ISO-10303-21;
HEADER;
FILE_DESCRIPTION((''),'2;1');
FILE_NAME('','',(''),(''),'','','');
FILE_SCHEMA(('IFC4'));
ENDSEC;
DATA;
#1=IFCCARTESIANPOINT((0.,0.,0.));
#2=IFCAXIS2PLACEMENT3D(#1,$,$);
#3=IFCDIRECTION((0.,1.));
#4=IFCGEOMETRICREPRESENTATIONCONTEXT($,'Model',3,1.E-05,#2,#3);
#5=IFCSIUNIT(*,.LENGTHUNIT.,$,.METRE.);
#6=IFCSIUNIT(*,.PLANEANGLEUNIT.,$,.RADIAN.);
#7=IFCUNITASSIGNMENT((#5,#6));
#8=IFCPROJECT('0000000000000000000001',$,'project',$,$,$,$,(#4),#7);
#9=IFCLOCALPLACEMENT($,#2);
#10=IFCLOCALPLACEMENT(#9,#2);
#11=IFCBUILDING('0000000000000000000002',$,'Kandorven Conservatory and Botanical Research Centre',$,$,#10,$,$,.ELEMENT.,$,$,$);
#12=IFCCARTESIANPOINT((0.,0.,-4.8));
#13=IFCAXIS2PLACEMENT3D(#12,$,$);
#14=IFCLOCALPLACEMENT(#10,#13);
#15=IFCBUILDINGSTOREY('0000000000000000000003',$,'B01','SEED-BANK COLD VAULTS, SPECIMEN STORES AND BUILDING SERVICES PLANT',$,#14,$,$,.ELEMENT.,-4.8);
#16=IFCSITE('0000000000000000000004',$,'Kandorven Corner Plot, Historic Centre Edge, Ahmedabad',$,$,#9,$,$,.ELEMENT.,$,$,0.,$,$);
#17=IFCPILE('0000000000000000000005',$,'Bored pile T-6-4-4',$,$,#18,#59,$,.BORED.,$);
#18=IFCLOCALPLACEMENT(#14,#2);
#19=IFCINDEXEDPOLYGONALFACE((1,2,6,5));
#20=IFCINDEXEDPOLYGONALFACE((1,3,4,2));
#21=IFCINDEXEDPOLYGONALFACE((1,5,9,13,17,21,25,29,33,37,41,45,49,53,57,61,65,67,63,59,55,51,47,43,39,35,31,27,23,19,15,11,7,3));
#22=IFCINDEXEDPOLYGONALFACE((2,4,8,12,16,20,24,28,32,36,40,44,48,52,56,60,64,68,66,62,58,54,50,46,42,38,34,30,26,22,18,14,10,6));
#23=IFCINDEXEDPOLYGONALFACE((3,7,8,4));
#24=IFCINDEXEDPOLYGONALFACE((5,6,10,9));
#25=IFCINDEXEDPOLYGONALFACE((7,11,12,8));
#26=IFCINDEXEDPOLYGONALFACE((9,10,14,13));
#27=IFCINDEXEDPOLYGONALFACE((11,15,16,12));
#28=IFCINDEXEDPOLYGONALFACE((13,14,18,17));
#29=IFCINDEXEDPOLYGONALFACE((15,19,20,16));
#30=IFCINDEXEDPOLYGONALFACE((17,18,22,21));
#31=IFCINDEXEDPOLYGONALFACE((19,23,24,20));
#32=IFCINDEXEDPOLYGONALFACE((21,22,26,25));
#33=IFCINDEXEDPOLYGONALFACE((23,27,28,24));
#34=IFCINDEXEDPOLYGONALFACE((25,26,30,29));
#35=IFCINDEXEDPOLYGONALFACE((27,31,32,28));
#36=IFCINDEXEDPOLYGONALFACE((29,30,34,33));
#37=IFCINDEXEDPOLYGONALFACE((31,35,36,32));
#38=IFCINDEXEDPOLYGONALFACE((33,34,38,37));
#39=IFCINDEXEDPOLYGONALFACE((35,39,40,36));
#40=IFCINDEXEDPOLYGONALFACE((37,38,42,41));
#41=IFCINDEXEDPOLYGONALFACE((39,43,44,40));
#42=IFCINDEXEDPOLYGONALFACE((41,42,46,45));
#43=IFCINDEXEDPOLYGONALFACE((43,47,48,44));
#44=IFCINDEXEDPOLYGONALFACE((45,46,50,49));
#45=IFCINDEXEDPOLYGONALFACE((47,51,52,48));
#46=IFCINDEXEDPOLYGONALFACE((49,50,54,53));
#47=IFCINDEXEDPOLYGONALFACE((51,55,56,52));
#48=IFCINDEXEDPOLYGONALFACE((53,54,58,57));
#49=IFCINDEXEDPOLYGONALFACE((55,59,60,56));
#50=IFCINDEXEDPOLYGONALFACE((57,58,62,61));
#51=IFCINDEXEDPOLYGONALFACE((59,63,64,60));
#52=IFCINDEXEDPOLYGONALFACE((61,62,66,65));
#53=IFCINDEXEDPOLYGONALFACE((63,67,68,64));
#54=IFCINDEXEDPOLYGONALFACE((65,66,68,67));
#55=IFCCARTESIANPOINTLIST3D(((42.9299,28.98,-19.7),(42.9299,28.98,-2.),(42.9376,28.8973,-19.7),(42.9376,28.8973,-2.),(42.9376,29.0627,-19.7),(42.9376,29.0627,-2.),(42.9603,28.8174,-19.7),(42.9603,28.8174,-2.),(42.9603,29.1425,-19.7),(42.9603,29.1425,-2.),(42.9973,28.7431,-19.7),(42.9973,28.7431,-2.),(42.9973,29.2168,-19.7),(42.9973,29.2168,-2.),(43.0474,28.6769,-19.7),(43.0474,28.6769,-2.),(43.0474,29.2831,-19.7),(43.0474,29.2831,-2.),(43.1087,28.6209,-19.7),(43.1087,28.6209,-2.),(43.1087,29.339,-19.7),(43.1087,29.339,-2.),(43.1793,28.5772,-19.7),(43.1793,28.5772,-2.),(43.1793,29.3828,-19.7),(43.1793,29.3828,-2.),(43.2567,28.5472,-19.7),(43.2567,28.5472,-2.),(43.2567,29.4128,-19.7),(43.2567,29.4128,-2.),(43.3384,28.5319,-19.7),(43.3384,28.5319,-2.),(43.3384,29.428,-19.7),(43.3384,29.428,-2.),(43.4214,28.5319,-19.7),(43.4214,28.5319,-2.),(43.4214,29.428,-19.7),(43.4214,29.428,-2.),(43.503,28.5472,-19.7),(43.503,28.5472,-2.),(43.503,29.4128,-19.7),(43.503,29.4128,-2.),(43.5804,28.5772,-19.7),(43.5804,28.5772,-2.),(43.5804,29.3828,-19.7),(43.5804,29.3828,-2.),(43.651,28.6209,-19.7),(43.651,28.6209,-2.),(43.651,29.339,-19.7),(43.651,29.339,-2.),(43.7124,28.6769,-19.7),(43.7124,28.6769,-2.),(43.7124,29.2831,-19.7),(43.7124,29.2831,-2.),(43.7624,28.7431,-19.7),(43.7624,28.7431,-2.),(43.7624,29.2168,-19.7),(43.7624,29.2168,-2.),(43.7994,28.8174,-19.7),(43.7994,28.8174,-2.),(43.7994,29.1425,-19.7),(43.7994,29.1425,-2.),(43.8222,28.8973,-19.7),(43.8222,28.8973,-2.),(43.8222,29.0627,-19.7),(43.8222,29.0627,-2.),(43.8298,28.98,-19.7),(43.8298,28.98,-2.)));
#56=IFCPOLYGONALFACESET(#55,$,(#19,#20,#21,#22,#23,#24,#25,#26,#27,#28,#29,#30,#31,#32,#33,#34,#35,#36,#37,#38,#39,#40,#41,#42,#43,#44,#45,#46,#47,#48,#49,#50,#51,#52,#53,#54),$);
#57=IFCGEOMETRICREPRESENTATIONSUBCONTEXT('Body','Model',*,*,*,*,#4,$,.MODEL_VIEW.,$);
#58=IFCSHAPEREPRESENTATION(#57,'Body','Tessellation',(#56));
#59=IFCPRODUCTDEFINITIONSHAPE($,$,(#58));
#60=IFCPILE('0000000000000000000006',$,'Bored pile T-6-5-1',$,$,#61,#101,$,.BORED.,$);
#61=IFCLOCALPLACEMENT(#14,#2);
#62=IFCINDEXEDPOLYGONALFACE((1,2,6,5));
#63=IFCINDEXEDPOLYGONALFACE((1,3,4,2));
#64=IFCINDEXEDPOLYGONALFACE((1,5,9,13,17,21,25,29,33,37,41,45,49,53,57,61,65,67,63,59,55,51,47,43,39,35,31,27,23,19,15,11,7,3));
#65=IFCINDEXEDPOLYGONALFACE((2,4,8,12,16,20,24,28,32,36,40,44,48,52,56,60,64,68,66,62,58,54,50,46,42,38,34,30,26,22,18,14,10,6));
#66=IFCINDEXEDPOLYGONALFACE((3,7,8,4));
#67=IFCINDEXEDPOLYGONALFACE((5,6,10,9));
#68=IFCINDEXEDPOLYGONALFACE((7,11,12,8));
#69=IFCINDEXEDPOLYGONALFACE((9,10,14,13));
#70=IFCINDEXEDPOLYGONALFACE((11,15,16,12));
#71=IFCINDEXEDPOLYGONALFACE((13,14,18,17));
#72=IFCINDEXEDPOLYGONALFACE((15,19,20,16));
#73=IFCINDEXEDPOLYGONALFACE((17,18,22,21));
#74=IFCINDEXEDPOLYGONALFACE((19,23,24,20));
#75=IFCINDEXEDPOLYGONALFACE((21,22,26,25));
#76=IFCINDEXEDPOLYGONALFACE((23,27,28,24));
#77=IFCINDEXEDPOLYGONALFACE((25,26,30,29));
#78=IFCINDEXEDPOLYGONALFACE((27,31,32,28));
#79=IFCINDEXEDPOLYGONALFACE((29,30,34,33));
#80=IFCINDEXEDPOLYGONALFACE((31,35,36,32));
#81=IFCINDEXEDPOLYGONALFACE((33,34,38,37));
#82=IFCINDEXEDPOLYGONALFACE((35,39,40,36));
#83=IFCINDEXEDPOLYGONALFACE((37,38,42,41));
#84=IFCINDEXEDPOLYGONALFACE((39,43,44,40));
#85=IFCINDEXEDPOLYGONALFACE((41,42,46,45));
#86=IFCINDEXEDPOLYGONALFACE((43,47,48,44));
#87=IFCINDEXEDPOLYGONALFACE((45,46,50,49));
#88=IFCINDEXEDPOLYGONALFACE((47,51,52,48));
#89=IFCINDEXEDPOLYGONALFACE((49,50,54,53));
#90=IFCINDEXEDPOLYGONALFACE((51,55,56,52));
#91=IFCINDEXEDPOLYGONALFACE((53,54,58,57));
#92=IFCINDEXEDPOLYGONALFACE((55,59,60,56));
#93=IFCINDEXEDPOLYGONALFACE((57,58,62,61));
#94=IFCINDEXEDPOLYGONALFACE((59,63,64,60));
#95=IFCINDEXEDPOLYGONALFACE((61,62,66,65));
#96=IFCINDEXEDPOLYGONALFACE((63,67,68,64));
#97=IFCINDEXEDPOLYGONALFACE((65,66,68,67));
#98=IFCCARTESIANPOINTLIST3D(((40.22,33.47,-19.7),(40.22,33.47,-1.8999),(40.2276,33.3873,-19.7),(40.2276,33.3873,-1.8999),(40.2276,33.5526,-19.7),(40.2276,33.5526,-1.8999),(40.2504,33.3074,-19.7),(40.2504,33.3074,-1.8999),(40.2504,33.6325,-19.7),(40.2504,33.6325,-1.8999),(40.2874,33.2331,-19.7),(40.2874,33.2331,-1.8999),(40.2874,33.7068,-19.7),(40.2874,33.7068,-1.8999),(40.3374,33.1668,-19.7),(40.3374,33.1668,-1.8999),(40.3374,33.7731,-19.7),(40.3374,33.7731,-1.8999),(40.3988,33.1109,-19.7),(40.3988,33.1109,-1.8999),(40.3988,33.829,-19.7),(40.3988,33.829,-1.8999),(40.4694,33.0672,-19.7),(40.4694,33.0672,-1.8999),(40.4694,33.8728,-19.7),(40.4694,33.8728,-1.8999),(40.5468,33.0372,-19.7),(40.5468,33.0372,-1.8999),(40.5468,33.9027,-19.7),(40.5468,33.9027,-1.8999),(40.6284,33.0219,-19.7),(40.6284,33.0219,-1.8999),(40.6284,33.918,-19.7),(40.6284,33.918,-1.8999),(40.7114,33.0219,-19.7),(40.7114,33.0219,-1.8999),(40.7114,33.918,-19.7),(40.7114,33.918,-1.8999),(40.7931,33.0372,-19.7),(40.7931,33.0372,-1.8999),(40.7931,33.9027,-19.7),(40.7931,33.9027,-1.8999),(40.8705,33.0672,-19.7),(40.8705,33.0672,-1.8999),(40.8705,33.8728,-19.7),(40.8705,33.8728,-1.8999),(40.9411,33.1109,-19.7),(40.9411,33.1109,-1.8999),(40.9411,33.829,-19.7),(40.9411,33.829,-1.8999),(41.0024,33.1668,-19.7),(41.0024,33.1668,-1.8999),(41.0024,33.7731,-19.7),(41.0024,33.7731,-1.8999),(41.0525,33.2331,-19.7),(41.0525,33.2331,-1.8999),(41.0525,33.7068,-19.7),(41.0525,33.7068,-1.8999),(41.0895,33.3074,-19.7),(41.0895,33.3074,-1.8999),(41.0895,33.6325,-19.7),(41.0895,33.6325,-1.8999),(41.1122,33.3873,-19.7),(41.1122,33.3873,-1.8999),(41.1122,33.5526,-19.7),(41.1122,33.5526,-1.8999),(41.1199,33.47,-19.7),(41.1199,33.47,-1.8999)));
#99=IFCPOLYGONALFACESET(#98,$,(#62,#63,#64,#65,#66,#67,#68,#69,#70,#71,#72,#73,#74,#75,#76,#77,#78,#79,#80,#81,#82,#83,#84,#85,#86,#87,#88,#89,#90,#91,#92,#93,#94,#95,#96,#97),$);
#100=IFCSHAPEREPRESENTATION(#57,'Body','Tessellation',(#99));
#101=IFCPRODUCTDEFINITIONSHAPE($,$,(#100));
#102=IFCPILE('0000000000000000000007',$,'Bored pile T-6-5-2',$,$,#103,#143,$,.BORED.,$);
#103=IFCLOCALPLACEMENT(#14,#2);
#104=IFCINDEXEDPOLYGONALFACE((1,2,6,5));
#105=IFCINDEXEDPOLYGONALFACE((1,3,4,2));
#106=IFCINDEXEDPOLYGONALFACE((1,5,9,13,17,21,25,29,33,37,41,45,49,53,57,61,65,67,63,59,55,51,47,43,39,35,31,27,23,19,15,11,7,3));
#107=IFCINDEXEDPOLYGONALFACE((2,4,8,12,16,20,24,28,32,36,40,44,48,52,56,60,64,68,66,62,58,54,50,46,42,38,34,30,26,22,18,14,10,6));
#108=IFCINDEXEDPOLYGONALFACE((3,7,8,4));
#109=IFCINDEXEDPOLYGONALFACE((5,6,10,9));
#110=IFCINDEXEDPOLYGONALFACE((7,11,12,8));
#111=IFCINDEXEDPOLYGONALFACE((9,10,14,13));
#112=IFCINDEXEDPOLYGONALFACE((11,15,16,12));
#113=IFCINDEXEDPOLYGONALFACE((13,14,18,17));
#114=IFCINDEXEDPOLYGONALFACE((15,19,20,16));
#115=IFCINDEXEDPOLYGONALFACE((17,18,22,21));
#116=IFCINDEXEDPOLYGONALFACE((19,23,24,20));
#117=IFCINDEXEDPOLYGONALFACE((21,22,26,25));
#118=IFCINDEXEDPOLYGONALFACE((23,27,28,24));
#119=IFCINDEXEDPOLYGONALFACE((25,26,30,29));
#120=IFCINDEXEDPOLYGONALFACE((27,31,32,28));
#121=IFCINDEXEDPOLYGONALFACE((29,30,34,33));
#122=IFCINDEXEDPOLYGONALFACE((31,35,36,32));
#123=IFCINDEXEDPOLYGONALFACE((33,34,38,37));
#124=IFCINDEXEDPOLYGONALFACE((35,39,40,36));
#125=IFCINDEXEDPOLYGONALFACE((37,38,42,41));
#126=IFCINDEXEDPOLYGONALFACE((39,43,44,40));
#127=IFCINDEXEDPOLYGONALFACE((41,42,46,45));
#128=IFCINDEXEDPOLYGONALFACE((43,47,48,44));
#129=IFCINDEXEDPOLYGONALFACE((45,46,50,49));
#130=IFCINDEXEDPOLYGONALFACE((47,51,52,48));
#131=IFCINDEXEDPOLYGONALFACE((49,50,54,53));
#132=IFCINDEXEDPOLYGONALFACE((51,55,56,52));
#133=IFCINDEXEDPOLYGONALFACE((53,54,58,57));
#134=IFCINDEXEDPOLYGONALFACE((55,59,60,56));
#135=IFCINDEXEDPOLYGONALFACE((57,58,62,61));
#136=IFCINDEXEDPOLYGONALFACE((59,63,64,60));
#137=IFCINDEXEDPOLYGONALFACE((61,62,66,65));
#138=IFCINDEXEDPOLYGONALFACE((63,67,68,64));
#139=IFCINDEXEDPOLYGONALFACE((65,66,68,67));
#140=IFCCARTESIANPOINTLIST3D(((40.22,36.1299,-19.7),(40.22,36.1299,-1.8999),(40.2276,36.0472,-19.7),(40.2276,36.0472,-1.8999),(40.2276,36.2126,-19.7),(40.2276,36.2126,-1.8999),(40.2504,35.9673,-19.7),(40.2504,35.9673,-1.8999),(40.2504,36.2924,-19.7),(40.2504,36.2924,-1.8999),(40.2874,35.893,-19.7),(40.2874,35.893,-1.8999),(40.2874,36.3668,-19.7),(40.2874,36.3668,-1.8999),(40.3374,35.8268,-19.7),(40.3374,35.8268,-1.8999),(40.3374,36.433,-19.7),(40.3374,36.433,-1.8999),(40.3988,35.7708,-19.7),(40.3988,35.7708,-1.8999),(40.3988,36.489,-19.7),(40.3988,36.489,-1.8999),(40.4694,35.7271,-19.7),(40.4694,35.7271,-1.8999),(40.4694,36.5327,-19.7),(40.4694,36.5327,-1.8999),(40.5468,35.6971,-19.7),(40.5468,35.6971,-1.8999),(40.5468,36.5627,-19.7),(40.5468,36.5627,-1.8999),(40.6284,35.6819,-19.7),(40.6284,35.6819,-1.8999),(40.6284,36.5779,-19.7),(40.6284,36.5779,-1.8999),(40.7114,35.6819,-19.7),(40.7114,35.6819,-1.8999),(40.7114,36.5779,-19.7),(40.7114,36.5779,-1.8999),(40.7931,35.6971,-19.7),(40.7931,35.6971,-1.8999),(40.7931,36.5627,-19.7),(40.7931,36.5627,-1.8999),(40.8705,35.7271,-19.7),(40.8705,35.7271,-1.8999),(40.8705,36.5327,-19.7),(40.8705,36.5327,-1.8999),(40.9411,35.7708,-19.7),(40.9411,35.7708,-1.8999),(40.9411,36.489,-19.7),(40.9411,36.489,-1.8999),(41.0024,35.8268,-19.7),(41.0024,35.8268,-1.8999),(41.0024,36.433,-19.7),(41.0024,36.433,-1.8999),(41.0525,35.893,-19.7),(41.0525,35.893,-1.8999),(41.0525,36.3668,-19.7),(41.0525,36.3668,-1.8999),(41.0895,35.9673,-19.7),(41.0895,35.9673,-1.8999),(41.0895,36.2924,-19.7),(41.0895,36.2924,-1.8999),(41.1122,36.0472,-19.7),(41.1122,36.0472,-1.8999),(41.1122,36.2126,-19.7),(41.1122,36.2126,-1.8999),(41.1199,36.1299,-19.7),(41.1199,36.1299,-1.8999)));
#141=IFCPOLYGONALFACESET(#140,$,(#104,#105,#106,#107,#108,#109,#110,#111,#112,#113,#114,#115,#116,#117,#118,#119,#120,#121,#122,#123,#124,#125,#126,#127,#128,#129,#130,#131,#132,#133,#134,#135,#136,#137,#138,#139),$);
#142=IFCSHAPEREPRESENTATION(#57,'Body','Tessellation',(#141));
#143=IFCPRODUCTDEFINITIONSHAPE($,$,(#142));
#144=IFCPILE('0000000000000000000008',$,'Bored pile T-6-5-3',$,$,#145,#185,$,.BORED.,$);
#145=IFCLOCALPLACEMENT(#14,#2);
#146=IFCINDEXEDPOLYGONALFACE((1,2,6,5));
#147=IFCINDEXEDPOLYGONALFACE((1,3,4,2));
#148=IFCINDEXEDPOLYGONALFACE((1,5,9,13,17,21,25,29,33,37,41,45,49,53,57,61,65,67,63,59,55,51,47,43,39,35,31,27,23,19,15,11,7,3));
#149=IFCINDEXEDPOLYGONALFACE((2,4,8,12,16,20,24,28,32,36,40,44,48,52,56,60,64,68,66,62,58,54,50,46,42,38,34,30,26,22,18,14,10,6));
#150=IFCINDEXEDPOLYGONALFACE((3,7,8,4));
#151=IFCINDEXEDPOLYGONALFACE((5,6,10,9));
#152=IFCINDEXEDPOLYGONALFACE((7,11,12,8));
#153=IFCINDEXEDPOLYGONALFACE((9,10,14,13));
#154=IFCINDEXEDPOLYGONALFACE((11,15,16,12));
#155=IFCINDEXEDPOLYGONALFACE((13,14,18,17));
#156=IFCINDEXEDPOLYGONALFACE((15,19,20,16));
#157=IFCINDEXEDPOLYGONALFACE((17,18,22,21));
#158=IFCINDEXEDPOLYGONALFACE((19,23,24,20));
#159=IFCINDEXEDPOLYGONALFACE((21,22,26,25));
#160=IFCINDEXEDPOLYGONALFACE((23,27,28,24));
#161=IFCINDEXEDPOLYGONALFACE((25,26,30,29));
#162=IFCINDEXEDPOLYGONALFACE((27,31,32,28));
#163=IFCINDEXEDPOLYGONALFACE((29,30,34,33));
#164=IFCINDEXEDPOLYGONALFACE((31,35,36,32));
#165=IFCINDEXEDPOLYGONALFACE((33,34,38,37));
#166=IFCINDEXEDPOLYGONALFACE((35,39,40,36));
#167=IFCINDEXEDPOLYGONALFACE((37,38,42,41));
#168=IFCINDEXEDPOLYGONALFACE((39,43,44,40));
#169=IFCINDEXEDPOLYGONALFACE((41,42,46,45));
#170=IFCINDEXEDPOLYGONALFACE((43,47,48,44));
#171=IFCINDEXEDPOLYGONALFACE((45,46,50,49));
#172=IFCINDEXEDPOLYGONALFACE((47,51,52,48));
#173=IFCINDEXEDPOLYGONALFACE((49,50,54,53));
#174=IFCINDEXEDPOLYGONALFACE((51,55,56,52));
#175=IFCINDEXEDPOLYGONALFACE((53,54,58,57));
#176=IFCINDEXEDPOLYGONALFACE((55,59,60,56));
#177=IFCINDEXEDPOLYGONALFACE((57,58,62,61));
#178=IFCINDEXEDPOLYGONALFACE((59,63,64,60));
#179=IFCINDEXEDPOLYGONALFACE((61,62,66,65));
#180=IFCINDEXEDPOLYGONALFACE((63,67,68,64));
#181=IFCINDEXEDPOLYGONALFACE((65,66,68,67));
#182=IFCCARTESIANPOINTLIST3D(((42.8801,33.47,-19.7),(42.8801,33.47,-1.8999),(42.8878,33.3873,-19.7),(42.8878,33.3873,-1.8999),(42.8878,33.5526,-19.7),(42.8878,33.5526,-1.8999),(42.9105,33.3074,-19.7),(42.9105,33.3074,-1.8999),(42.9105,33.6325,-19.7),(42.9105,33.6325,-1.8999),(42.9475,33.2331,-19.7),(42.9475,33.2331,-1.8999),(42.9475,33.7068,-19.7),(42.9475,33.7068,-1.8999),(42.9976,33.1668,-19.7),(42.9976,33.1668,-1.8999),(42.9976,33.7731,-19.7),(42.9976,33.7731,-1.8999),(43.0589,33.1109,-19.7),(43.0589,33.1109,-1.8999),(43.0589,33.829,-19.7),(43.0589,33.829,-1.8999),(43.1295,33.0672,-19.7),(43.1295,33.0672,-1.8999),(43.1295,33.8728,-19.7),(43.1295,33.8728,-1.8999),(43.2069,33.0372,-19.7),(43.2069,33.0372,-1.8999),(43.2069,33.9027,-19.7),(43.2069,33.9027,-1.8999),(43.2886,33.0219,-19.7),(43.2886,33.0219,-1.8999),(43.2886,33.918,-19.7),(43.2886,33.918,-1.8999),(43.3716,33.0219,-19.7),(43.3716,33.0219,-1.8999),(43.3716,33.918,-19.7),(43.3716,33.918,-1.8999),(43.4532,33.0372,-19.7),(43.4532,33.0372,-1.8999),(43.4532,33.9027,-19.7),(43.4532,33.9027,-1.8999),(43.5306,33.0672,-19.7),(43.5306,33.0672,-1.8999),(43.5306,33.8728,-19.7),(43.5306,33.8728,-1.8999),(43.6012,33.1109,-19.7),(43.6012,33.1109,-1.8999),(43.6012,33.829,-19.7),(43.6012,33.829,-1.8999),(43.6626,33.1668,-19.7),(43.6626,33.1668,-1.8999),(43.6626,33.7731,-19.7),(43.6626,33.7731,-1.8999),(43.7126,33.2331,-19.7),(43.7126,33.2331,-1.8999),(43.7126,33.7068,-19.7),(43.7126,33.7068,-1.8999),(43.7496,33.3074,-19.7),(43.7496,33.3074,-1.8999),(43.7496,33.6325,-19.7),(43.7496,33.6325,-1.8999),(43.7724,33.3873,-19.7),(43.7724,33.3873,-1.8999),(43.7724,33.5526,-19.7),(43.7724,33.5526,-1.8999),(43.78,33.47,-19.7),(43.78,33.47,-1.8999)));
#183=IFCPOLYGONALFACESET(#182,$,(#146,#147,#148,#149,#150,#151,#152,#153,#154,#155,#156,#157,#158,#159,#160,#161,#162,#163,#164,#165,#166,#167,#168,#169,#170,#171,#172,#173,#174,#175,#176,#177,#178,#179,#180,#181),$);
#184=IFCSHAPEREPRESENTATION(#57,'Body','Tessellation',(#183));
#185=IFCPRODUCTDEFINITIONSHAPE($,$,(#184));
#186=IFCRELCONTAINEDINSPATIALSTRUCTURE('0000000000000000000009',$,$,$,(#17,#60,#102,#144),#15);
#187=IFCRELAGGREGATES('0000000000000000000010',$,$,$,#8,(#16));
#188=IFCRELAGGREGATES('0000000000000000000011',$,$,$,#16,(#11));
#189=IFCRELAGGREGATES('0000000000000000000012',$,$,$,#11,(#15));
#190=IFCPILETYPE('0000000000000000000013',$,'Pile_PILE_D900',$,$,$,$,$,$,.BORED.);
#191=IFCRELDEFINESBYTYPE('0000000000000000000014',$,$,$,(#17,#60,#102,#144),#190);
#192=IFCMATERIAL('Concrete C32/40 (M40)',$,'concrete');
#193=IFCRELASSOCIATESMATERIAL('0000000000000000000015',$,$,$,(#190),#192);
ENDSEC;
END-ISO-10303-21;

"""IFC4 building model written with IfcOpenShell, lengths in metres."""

from ifc_helpers import new_model, si_unit, direction, frame, origin, origin_2d, place, context, subcontext, project, spatial, circle, extrude, material, material_profile, profile_set, type_object, element, save


model = new_model("IFC4")

# Units and contexts
model_context = context("Model", 3, precision=1e-05, world=origin(), true_north=direction((0.0, 1.0)))
body_context = subcontext(model_context, "Body", "Model", "MODEL_VIEW")
ifc_project = project(units=[si_unit("LENGTHUNIT", "METRE"), si_unit("PLANEANGLEUNIT", "RADIAN")], contexts=[model_context])

# Site, building, storey
site_placement = place(None, origin())
site = spatial("IfcSite", under=ifc_project, at=site_placement, Name="Kandorven Corner Plot, Historic Centre Edge, Ahmedabad", CompositionType="ELEMENT", RefElevation=0.0)
building_placement = place(site_placement, origin())
building = spatial("IfcBuilding", under=site, at=building_placement, Name="Kandorven Conservatory and Botanical Research Centre", CompositionType="ELEMENT")
storey_placement = place(building_placement, frame((0.0, 0.0, -4.8)))
storey = spatial("IfcBuildingStorey", under=building, at=storey_placement, Name="B01", Description="SEED-BANK COLD VAULTS, SPECIMEN STORES AND BUILDING SERVICES PLANT", CompositionType="ELEMENT", Elevation=-4.8)

# Piles
ifc_material_1 = material(Name="Concrete C32/40 (M40)", Category="concrete")
ifc_material_profile_1 = material_profile(ifc_material_1, circle(Radius=0.45, at=origin_2d()))
ifc_profile_set_1 = profile_set([ifc_material_profile_1], Name="Concrete C32/40 (M40)")
pile_type_1 = type_object("IfcPileType", Name="Pile_PILE_D900", PredefinedType="BORED", material=ifc_profile_set_1)
for number, where, z_axis, x_axis, name in (
    (1, (43.3799, 28.98, -2.0), (0.0, 0.0, -1.0), (1.0, 0.0, 0.0), "Bored pile T-6-4-4"),
):
    element("IfcPile", number, at=place(storey_placement, frame(where, z_axis=z_axis, x_axis=x_axis)), inside=storey, type_object=pile_type_1, Name=name, PredefinedType="BORED", context=body_context, shape_type="SweptSolid", body=[
        extrude(circle(Radius=0.45, at=origin_2d()), origin(), (0.0, 0.0, 1.0), 17.7),
    ])
for number, where, z_axis, x_axis, name in (
    (2, (40.6699, 33.47, -1.8999), (0.0, 0.0, -1.0), (1.0, 0.0, 0.0), "Bored pile T-6-5-1"),
    (3, (40.6699, 36.1299, -1.8999), (0.0, 0.0, -1.0), (1.0, 0.0, 0.0), "Bored pile T-6-5-2"),
    (4, (43.3301, 33.47, -1.8999), (0.0, 0.0, -1.0), (1.0, 0.0, 0.0), "Bored pile T-6-5-3"),
):
    element("IfcPile", number, at=place(storey_placement, frame(where, z_axis=z_axis, x_axis=x_axis)), inside=storey, type_object=pile_type_1, Name=name, PredefinedType="BORED", context=body_context, shape_type="SweptSolid", body=[
        extrude(circle(Radius=0.45, at=origin_2d()), origin(), (0.0, 0.0, 1.0), 17.8),
    ])

save(model, "model.ifc")
